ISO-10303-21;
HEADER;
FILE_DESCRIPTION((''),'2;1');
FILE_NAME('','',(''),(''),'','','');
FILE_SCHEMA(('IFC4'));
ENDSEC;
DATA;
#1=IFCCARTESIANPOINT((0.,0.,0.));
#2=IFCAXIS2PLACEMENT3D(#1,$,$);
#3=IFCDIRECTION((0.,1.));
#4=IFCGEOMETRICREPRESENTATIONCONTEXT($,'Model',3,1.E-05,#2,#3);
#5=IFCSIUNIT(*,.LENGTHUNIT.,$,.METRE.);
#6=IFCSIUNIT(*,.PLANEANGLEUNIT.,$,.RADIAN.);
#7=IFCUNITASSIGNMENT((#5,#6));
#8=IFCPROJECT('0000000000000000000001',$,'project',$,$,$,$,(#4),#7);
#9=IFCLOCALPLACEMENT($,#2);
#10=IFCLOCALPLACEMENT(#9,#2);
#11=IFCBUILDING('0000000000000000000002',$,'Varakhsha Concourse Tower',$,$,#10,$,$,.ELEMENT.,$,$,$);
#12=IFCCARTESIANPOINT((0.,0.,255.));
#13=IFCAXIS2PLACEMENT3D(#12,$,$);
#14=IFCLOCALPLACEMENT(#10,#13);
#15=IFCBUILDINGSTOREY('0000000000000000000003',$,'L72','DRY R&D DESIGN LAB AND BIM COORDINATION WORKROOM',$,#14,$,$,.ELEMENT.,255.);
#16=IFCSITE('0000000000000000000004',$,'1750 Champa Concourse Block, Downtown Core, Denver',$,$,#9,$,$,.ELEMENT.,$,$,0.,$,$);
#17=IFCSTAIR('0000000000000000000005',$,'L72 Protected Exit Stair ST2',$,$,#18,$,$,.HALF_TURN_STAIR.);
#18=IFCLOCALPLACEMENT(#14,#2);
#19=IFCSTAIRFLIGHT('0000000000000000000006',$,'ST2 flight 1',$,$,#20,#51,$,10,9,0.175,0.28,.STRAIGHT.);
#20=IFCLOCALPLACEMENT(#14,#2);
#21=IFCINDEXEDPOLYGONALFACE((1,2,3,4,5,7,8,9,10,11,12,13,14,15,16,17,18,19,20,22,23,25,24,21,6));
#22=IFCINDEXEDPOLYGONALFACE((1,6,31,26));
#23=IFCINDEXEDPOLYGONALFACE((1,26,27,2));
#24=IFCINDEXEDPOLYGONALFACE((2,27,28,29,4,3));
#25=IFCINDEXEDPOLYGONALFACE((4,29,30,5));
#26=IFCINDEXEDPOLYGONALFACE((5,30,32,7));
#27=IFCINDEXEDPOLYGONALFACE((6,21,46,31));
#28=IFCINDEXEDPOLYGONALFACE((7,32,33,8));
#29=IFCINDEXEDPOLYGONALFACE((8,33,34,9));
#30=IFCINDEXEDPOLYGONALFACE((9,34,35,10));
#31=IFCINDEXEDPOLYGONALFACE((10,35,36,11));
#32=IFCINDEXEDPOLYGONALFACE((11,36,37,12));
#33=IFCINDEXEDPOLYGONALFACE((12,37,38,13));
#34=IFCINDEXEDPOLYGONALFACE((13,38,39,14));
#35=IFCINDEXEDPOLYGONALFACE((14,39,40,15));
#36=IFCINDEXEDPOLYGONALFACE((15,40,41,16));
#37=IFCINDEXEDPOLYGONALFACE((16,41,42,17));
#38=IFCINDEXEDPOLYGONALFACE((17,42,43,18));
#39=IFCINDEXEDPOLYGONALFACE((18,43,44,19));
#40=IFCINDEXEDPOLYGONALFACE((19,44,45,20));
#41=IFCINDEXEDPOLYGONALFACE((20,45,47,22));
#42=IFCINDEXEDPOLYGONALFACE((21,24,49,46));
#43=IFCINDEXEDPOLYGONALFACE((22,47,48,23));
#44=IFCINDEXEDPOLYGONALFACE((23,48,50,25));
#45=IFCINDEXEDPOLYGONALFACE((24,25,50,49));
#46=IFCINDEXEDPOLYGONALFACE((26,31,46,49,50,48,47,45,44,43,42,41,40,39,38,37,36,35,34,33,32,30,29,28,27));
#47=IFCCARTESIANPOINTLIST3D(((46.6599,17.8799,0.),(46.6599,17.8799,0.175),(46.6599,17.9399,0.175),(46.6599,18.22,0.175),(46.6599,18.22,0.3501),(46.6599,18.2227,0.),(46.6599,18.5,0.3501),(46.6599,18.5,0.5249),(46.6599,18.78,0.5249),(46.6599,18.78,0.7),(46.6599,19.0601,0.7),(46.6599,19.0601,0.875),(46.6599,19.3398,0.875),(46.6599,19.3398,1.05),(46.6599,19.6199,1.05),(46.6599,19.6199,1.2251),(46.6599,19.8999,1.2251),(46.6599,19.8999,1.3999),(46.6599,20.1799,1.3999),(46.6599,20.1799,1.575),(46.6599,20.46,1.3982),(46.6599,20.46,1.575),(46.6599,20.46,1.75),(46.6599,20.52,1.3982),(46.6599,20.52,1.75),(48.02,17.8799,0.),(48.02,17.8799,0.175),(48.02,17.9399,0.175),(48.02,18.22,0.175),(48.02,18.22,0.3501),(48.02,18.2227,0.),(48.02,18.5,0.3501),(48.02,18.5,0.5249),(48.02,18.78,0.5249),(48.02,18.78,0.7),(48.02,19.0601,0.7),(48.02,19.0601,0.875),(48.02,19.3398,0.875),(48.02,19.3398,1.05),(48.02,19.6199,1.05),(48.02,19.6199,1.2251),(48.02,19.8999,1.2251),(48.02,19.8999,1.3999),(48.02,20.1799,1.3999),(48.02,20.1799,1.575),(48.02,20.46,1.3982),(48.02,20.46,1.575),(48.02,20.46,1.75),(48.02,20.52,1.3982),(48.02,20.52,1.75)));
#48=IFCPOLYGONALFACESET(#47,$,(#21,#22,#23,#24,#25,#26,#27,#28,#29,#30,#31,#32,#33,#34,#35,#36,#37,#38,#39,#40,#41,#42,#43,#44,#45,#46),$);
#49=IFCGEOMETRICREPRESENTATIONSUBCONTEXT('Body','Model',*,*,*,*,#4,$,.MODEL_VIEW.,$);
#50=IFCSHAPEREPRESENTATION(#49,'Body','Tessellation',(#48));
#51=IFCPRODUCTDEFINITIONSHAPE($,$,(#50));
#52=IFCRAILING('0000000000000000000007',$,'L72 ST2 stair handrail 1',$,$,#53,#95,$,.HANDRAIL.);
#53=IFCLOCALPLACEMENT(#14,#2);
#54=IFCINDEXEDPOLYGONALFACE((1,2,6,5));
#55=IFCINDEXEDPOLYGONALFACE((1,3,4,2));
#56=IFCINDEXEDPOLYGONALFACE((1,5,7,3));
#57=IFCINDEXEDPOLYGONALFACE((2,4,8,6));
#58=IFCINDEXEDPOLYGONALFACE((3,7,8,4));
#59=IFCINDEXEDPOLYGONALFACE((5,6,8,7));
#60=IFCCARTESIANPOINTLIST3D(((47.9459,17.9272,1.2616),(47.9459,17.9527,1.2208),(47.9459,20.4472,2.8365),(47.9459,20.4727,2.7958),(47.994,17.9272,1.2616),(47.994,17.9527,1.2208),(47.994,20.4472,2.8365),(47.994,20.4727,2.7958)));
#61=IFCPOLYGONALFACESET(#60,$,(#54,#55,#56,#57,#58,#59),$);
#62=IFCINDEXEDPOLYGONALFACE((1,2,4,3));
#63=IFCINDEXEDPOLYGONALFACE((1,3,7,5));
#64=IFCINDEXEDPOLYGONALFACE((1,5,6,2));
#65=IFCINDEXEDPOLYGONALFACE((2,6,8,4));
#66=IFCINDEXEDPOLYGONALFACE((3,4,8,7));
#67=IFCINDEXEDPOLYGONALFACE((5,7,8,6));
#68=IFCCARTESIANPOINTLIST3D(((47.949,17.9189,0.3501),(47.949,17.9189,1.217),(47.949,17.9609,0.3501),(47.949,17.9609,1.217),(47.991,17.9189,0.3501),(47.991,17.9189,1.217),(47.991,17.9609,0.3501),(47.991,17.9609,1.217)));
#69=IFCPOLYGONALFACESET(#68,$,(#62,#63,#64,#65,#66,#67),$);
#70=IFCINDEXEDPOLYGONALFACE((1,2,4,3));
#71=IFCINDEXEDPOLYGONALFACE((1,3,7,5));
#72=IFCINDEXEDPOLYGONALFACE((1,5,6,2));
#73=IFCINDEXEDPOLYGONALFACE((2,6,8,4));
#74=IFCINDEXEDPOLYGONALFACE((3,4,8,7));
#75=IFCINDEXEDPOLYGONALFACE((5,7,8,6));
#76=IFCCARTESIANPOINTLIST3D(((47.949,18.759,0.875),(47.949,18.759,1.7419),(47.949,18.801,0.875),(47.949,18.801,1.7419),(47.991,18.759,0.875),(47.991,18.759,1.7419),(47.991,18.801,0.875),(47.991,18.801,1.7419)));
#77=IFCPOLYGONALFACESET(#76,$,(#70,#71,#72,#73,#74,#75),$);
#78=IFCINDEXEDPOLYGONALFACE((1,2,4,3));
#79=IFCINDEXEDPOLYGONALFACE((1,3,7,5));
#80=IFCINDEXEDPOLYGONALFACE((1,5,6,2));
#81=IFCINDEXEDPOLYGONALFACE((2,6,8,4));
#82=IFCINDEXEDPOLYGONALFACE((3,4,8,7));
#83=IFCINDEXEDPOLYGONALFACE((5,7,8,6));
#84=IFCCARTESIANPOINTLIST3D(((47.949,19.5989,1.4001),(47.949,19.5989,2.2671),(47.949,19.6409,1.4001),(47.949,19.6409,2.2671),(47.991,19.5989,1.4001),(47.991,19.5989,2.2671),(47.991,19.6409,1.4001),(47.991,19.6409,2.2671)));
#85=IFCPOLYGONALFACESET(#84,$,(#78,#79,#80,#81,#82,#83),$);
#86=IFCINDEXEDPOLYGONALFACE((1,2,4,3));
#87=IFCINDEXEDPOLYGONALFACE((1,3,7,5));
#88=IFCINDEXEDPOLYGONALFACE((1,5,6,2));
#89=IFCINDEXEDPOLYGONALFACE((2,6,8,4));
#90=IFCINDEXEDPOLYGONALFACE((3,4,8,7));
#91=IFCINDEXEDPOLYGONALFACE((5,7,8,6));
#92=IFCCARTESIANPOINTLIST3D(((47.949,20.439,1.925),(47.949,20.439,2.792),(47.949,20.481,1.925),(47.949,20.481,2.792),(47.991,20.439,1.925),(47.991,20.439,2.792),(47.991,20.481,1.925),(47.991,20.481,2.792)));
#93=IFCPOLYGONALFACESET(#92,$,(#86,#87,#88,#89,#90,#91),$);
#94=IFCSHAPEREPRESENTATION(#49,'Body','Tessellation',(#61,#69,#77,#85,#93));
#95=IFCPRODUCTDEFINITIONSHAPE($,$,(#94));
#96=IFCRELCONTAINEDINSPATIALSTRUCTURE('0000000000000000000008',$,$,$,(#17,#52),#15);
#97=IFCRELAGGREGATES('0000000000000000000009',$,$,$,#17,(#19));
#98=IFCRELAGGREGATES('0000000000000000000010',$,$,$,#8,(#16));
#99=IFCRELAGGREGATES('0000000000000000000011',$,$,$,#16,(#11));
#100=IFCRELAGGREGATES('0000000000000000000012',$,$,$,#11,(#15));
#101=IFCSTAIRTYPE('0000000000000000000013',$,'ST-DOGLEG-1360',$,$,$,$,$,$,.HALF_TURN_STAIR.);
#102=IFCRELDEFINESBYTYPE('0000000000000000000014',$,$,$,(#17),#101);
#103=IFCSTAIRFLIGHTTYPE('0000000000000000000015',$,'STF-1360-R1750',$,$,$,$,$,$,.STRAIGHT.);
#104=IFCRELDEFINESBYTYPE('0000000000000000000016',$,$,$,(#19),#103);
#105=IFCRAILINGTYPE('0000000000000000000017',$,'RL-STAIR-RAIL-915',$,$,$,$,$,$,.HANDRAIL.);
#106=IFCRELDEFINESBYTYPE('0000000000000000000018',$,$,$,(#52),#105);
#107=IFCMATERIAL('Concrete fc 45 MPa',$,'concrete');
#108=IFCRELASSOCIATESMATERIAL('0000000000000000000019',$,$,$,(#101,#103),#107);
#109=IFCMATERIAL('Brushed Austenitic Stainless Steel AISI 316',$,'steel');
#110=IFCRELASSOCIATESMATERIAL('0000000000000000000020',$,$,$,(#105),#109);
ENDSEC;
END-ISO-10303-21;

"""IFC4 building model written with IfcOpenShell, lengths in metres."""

from ifc_helpers import new_model, si_unit, direction, frame, origin, origin_2d, place, context, subcontext, project, spatial, polyline, rectangle, outline, extrude, material, type_object, element, aggregate, save


model = new_model("IFC4")

# Units and contexts
model_context = context("Model", 3, precision=1e-05, world=origin(), true_north=direction((0.0, 1.0)))
body_context = subcontext(model_context, "Body", "Model", "MODEL_VIEW")
ifc_project = project(units=[si_unit("LENGTHUNIT", "METRE"), si_unit("PLANEANGLEUNIT", "RADIAN")], contexts=[model_context])

# Site, building, storey
site_placement = place(None, origin())
site = spatial("IfcSite", under=ifc_project, at=site_placement, Name="1750 Champa Concourse Block, Downtown Core, Denver", CompositionType="ELEMENT", RefElevation=0.0)
building_placement = place(site_placement, origin())
building = spatial("IfcBuilding", under=site, at=building_placement, Name="Varakhsha Concourse Tower", CompositionType="ELEMENT")
storey_placement = place(building_placement, frame((0.0, 0.0, 255.0)))
storey = spatial("IfcBuildingStorey", under=building, at=storey_placement, Name="L72", Description="DRY R&D DESIGN LAB AND BIM COORDINATION WORKROOM", CompositionType="ELEMENT", Elevation=255.0)

# Stair, stair flight
ifc_material_1 = material(Name="Concrete fc 45 MPa", Category="concrete")
stair_type = type_object("IfcStairType", Name="ST-DOGLEG-1360", PredefinedType="HALF_TURN_STAIR", material=ifc_material_1)
stair_placement = place(storey_placement, origin())
stair = element("IfcStair", 1, at=stair_placement, inside=storey, type_object=stair_type, Name="L72 Protected Exit Stair ST2", PredefinedType="HALF_TURN_STAIR")
stair_flight_type = type_object("IfcStairFlightType", Name="STF-1360-R1750", PredefinedType="STRAIGHT", material=ifc_material_1)
stair_flight_placement = place(storey_placement, frame((47.3401, 17.9399, 0.0), z_axis=(0.0, 0.0, 1.0), x_axis=(0.0, 1.0, 0.0)))
stair_flight = element("IfcStairFlight", 2, at=stair_flight_placement, type_object=stair_flight_type, Name="ST2 flight 1", NumberOfRisers=10, NumberOfTreads=9, PredefinedType="STRAIGHT", RiserHeight=0.175, TreadLength=0.28, context=body_context, shape_type="SweptSolid", body=[
    extrude(outline(polyline([(-0.0601, 0.0), (-0.0601, 0.175), (0.0, 0.175), (0.28, 0.175), (0.28, 0.3501), (0.5601, 0.3501), (0.5601, 0.5249), (0.8401, 0.5249), (0.8401, 0.7), (1.1201, 0.7), (1.1201, 0.875), (1.3999, 0.875), (1.3999, 1.05), (1.6799, 1.05), (1.6799, 1.2251), (1.96, 1.2251), (1.96, 1.3999), (2.24, 1.3999), (2.24, 1.575), (2.52, 1.575), (2.52, 1.75), (2.5801, 1.75), (2.5801, 1.3982), (2.52, 1.3982), (0.2827, 0.0), (-0.0601, 0.0)])), frame((0.0, 0.6802, 0.0), z_axis=(0.0, -1.0, 0.0), x_axis=(1.0, 0.0, 0.0)), (0.0, 0.0, 1.0), 1.3601),
])
aggregate(stair, [stair_flight])

# Railing
ifc_material_2 = material(Name="Brushed Austenitic Stainless Steel AISI 316", Category="steel")
railing_type = type_object("IfcRailingType", Name="RL-STAIR-RAIL-915", PredefinedType="HANDRAIL", material=ifc_material_2)
railing_placement = place(storey_placement, frame((47.97, 17.9399, 0.3501)))
element("IfcRailing", 3, at=railing_placement, inside=storey, type_object=railing_type, Name="L72 ST2 stair handrail 1", PredefinedType="HANDRAIL", context=body_context, shape_type="SweptSolid", body=[
    extrude(rectangle(XDim=0.0481, YDim=0.0481, at=origin_2d()), frame((0.0, 0.0, 0.8911), z_axis=(0.0, 0.848008, 0.529984), x_axis=(-1.0, 0.0, 0.0)), (0.0, 0.0, 1.0), 2.9717),
    extrude(rectangle(XDim=0.042, YDim=0.042, at=origin_2d()), origin(), (0.0, 0.0, 1.0), 0.8669),
    extrude(rectangle(XDim=0.042, YDim=0.042, at=origin_2d()), frame((0.0, 0.8401, 0.5249)), (0.0, 0.0, 1.0), 0.8669),
    extrude(rectangle(XDim=0.042, YDim=0.042, at=origin_2d()), frame((0.0, 1.6799, 1.05)), (0.0, 0.0, 1.0), 0.8669),
    extrude(rectangle(XDim=0.042, YDim=0.042, at=origin_2d()), frame((0.0, 2.52, 1.575)), (0.0, 0.0, 1.0), 0.8669),
])

save(model, "model.ifc")
